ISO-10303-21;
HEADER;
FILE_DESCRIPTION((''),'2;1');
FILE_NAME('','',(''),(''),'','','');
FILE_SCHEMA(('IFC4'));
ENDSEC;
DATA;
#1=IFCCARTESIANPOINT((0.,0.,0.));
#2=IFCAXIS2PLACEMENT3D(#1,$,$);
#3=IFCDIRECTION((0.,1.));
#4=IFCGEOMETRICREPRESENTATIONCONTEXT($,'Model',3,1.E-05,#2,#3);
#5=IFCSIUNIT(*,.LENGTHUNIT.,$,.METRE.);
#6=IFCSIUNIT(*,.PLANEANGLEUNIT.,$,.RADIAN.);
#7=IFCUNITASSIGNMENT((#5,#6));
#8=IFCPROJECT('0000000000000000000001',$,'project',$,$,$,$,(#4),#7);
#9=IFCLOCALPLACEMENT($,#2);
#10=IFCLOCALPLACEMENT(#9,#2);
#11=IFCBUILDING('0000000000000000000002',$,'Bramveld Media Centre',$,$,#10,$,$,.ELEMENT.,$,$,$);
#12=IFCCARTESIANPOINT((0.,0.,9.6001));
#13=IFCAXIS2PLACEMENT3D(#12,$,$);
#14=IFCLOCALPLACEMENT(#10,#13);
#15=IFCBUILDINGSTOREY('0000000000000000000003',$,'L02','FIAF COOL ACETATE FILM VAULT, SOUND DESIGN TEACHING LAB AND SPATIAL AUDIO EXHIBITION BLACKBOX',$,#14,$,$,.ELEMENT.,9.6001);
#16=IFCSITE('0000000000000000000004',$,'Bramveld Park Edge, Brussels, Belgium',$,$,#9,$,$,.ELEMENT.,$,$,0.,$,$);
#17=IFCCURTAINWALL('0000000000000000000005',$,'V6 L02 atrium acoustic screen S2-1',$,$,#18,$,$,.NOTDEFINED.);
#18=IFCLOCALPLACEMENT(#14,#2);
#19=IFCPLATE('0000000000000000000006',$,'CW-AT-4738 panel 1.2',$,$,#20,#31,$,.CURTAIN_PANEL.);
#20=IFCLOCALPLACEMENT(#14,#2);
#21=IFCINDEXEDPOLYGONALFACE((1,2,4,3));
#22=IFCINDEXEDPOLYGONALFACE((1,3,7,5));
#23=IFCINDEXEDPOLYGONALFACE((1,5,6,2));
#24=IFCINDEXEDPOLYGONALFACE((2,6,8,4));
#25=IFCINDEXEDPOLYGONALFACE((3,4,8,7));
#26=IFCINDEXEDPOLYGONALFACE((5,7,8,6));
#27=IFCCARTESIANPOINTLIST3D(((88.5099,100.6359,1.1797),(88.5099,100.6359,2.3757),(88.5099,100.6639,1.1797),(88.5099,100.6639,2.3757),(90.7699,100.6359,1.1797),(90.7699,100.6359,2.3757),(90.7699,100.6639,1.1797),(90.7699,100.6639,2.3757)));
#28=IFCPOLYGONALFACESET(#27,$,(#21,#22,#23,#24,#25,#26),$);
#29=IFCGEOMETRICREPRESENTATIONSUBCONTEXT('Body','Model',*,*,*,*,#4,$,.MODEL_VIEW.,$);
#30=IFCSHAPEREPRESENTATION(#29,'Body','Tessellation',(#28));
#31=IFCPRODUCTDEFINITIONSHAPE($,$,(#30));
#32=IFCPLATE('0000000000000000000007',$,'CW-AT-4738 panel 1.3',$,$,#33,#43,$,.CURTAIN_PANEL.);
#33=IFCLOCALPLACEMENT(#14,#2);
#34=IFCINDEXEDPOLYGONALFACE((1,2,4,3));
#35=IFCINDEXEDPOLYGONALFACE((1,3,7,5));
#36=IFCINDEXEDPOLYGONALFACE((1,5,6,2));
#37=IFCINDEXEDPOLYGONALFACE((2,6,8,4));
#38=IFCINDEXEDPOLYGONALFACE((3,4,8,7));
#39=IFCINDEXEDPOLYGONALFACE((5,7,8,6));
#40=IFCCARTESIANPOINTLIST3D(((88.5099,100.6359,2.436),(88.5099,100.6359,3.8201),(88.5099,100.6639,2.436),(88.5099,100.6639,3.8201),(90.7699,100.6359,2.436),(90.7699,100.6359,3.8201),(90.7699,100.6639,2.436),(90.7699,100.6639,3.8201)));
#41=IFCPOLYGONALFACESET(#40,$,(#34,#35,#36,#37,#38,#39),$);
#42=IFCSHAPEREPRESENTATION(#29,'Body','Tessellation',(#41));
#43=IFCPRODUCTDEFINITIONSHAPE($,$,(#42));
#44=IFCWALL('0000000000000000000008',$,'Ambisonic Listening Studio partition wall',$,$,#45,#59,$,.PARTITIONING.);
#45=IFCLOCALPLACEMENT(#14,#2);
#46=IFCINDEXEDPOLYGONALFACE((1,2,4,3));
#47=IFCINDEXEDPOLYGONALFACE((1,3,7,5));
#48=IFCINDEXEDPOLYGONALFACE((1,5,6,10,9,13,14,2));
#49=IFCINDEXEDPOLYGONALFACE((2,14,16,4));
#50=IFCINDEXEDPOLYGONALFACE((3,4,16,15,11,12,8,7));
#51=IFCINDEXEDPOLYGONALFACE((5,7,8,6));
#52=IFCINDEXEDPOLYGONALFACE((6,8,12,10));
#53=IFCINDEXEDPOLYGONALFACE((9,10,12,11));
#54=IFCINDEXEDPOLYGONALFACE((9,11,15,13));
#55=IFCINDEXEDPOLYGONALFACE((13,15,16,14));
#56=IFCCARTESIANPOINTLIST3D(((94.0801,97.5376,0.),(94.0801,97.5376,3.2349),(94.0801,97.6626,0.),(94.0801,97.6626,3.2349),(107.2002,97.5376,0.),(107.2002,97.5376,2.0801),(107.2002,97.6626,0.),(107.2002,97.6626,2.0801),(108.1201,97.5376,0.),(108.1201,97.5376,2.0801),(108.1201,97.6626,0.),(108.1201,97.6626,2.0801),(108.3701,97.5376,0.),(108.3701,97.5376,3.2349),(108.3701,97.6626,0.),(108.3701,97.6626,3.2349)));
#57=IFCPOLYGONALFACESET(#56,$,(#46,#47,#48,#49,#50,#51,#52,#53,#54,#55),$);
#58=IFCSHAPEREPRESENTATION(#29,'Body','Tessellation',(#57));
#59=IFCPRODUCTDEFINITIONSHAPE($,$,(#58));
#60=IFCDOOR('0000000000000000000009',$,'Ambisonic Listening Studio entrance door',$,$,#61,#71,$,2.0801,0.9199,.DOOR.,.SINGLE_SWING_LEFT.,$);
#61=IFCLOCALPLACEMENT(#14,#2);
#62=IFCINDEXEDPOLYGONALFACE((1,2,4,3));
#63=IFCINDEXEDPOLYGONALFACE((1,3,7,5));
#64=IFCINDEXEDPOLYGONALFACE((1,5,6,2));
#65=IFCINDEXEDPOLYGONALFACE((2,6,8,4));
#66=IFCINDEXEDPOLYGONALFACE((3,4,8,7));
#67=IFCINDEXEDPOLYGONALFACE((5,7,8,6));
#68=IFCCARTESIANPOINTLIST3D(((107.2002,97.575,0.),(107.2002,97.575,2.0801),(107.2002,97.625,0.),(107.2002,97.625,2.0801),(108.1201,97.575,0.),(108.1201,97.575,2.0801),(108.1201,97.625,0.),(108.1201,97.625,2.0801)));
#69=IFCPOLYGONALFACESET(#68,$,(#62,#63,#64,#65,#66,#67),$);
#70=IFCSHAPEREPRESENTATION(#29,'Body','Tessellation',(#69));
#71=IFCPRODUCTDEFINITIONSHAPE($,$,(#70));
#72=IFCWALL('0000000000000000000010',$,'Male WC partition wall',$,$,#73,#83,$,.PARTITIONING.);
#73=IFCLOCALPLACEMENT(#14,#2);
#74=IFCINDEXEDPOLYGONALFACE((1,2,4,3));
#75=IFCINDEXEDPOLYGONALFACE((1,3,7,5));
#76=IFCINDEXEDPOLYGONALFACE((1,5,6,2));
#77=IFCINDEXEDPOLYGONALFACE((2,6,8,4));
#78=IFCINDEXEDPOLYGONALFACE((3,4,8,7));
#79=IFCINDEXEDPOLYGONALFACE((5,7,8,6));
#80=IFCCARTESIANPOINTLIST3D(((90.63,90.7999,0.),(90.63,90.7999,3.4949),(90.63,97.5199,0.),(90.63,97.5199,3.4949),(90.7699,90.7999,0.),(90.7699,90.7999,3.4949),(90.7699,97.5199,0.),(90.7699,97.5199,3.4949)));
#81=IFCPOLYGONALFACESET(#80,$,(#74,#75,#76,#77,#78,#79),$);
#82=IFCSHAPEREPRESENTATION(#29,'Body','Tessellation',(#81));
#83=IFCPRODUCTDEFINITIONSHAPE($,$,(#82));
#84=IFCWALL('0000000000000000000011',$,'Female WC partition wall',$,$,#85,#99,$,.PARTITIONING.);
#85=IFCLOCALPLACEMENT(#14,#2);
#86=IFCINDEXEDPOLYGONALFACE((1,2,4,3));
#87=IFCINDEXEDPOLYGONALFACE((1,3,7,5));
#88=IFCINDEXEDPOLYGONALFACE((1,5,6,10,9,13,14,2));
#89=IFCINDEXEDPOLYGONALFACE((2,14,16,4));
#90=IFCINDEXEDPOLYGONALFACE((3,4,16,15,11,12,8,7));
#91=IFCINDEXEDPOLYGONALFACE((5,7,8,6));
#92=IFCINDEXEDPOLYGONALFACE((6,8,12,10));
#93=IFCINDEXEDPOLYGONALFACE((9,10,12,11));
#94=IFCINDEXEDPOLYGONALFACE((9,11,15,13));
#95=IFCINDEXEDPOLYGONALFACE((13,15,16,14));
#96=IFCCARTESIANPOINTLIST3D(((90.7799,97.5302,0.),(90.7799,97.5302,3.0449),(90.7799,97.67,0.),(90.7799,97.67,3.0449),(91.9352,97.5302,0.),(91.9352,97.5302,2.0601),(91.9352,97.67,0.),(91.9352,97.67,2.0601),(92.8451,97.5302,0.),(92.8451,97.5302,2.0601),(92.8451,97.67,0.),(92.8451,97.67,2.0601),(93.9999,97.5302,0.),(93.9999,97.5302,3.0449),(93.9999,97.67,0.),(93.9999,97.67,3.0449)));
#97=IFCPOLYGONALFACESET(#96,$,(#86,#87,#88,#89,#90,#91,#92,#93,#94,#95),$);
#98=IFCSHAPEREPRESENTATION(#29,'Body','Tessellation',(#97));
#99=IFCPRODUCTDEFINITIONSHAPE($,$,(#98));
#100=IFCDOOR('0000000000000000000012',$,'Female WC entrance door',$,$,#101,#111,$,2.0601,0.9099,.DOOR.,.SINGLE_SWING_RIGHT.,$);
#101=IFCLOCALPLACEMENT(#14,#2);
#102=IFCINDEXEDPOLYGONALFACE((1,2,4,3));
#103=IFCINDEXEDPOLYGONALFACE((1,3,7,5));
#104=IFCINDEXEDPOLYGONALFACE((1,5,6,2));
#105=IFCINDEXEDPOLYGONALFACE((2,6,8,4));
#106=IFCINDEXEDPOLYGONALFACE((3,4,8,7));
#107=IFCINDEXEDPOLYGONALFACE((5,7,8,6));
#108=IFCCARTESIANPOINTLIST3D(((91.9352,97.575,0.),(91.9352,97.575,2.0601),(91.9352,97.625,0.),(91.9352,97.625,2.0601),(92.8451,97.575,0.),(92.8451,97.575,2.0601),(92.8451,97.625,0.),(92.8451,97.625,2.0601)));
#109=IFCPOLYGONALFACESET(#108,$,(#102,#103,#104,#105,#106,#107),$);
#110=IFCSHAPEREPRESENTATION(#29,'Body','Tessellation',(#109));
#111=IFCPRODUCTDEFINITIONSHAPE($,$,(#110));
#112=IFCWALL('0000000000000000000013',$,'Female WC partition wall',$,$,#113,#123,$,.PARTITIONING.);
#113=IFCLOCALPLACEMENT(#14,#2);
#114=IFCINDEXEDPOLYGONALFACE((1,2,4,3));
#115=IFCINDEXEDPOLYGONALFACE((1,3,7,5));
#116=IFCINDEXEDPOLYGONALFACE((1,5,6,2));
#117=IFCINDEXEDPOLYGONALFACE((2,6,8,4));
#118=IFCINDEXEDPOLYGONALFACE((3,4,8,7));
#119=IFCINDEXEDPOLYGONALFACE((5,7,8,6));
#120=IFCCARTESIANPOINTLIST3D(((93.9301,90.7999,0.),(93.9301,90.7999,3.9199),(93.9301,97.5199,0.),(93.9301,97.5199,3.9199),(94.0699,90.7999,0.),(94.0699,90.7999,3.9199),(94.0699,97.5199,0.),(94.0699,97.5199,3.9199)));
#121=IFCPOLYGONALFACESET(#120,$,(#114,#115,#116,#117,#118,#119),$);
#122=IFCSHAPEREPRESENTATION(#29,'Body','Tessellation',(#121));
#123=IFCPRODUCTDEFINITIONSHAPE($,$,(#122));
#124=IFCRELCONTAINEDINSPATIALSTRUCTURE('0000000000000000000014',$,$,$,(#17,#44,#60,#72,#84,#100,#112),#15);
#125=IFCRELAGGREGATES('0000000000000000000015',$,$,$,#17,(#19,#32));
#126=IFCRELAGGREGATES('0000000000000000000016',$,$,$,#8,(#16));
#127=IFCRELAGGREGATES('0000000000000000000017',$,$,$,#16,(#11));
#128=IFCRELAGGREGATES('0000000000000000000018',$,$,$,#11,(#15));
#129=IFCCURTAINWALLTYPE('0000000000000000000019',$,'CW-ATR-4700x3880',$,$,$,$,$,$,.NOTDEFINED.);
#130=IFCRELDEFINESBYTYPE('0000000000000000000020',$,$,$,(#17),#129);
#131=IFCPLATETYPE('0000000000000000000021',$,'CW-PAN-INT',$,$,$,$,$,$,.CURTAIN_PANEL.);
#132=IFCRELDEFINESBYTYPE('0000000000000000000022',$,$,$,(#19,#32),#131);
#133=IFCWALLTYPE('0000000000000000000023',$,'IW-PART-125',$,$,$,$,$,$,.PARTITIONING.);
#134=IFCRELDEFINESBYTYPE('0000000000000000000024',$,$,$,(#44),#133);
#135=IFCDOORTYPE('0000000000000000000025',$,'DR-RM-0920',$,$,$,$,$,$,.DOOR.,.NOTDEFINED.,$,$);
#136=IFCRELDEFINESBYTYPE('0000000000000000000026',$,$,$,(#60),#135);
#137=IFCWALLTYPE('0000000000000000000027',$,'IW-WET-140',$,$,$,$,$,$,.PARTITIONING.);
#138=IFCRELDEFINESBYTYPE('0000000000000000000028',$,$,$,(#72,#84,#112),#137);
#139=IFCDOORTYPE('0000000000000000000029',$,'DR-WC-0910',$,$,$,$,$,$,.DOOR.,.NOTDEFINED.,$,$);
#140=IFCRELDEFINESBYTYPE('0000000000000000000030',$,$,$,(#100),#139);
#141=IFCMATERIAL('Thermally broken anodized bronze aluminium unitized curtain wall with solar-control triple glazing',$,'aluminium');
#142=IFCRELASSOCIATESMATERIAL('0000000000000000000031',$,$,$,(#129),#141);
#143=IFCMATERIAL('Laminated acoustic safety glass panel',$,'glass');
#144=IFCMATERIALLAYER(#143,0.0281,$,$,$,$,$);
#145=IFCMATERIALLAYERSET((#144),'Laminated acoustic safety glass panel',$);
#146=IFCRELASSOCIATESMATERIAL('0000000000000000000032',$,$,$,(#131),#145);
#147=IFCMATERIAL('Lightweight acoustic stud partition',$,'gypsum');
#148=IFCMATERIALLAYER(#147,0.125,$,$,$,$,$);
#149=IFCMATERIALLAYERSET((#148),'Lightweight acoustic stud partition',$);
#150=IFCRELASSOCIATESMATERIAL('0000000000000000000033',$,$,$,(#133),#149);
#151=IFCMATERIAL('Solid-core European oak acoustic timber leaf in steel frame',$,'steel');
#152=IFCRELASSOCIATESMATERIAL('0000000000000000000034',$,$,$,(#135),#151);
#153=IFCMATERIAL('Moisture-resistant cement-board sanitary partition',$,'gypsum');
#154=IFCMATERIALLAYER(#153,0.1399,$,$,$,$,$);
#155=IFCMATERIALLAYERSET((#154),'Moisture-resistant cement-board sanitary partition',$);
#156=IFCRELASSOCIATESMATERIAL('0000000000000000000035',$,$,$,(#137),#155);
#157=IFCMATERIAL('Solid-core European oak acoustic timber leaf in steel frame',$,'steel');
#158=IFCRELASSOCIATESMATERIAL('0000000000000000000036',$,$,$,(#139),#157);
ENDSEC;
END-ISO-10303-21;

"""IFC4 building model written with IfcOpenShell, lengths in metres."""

from ifc_helpers import new_model, si_unit, direction, frame, frame_2d, origin, origin_2d, place, context, subcontext, project, spatial, rectangle, extrude, material, layer, layer_set, type_object, element, fill, aggregate, save


model = new_model("IFC4")

# Units and contexts
model_context = context("Model", 3, precision=1e-05, world=origin(), true_north=direction((0.0, 1.0)))
body_context = subcontext(model_context, "Body", "Model", "MODEL_VIEW")
ifc_project = project(units=[si_unit("LENGTHUNIT", "METRE"), si_unit("PLANEANGLEUNIT", "RADIAN")], contexts=[model_context])

# Site, building, storey
site_placement = place(None, origin())
site = spatial("IfcSite", under=ifc_project, at=site_placement, Name="Bramveld Park Edge, Brussels, Belgium", CompositionType="ELEMENT", RefElevation=0.0)
building_placement = place(site_placement, origin())
building = spatial("IfcBuilding", under=site, at=building_placement, Name="Bramveld Media Centre", CompositionType="ELEMENT")
storey_placement = place(building_placement, frame((0.0, 0.0, 9.6001)))
storey = spatial("IfcBuildingStorey", under=building, at=storey_placement, Name="L02", Description="FIAF COOL ACETATE FILM VAULT, SOUND DESIGN TEACHING LAB AND SPATIAL AUDIO EXHIBITION BLACKBOX", CompositionType="ELEMENT", Elevation=9.6001)

# Curtain wall
ifc_material_1 = material(Name="Thermally broken anodized bronze aluminium unitized curtain wall with solar-control triple glazing", Category="aluminium")
curtain_wall_type_1 = type_object("IfcCurtainWallType", Name="CW-ATR-4700x3880", PredefinedType="NOTDEFINED", material=ifc_material_1)
curtain_wall_1_placement = place(storey_placement, origin())
curtain_wall_1 = element("IfcCurtainWall", 1, at=curtain_wall_1_placement, inside=storey, type_object=curtain_wall_type_1, Name="V6 L02 atrium acoustic screen S2-1", PredefinedType="NOTDEFINED")

# Plates
ifc_material_2 = material(Name="Laminated acoustic safety glass panel", Category="glass")
ifc_layer_1 = layer(ifc_material_2, 0.0281)
ifc_layer_set_1 = layer_set([ifc_layer_1], Name="Laminated acoustic safety glass panel")
plate_type_1 = type_object("IfcPlateType", Name="CW-PAN-INT", PredefinedType="CURTAIN_PANEL", material=ifc_layer_set_1)
plate_1_placement = place(storey_placement, frame((89.6399, 100.6499, 1.1797), z_axis=(0.0, 0.0, 1.0), x_axis=(1.0, 0.0, 0.0)))
plate_1 = element("IfcPlate", 2, at=plate_1_placement, type_object=plate_type_1, Name="CW-AT-4738 panel 1.2", PredefinedType="CURTAIN_PANEL", context=body_context, shape_type="SweptSolid", body=[
    extrude(rectangle(XDim=2.26, YDim=0.0281, at=origin_2d()), origin(), (0.0, 0.0, 1.0), 1.196),
])
plate_2_placement = place(storey_placement, frame((89.6399, 100.6499, 2.436), z_axis=(0.0, 0.0, 1.0), x_axis=(1.0, 0.0, 0.0)))
plate_2 = element("IfcPlate", 3, at=plate_2_placement, type_object=plate_type_1, Name="CW-AT-4738 panel 1.3", PredefinedType="CURTAIN_PANEL", context=body_context, shape_type="SweptSolid", body=[
    extrude(rectangle(XDim=2.26, YDim=0.0281, at=origin_2d()), origin(), (0.0, 0.0, 1.0), 1.384),
])
aggregate(curtain_wall_1, [plate_1, plate_2])

# Wall, opening, door
ifc_material_3 = material(Name="Lightweight acoustic stud partition", Category="gypsum")
ifc_layer_2 = layer(ifc_material_3, 0.125)
ifc_layer_set_2 = layer_set([ifc_layer_2], Name="Lightweight acoustic stud partition")
wall_type_1 = type_object("IfcWallType", Name="IW-PART-125", PredefinedType="PARTITIONING", material=ifc_layer_set_2)
wall_1_placement = place(storey_placement, frame((94.0801, 97.6001, 0.0), z_axis=(0.0, 0.0, 1.0), x_axis=(1.0, 0.0, 0.0)))
wall_1 = element("IfcWall", 4, at=wall_1_placement, inside=storey, type_object=wall_type_1, Name="Ambisonic Listening Studio partition wall", PredefinedType="PARTITIONING", context=body_context, shape_type="SweptSolid", body=[
    extrude(rectangle(XDim=14.29, YDim=0.125, at=frame_2d((7.145, 0.0))), origin(), (0.0, 0.0, 1.0), 3.2349),
])
opening_1_placement = place(wall_1_placement, frame((13.1201, 0.0, 0.0)))
opening_1 = element("IfcOpeningElement", 5, at=opening_1_placement, cuts=wall_1, PredefinedType="OPENING", context=body_context, shape_type="SweptSolid", body=[
    extrude(rectangle(XDim=0.9199, YDim=2.0801, at=frame_2d((0.46, 1.04))), frame((0.0, 0.0745, 0.0), z_axis=(0.0, -1.0, 0.0), x_axis=(1.0, 0.0, 0.0)), (0.0, 0.0, 1.0), 0.1489),
])
ifc_material_4 = material(Name="Solid-core European oak acoustic timber leaf in steel frame", Category="steel")
door_type_1 = type_object("IfcDoorType", Name="DR-RM-0920", OperationType="NOTDEFINED", PredefinedType="DOOR", material=ifc_material_4)
door_1_placement = place(opening_1_placement, origin())
door_1 = element("IfcDoor", 6, at=door_1_placement, inside=storey, type_object=door_type_1, Name="Ambisonic Listening Studio entrance door", OperationType="SINGLE_SWING_LEFT", OverallHeight=2.0801, OverallWidth=0.9199, PredefinedType="DOOR", context=body_context, shape_type="SweptSolid", body=[
    extrude(rectangle(XDim=0.9199, YDim=2.0801, at=frame_2d((0.46, 1.04))), frame((0.0, 0.0249, 0.0), z_axis=(0.0, -1.0, 0.0), x_axis=(1.0, 0.0, 0.0)), (0.0, 0.0, 1.0), 0.05),
])
fill(opening_1, door_1)

# Wall
ifc_material_5 = material(Name="Moisture-resistant cement-board sanitary partition", Category="gypsum")
ifc_layer_3 = layer(ifc_material_5, 0.1399)
ifc_layer_set_3 = layer_set([ifc_layer_3], Name="Moisture-resistant cement-board sanitary partition")
wall_type_2 = type_object("IfcWallType", Name="IW-WET-140", PredefinedType="PARTITIONING", material=ifc_layer_set_3)
wall_2_placement = place(storey_placement, frame((90.7, 90.8, 0.0), z_axis=(0.0, 0.0, 1.0), x_axis=(0.0, 1.0, 0.0)))
element("IfcWall", 7, at=wall_2_placement, inside=storey, type_object=wall_type_2, Name="Male WC partition wall", PredefinedType="PARTITIONING", context=body_context, shape_type="SweptSolid", body=[
    extrude(rectangle(XDim=6.72, YDim=0.1399, at=frame_2d((3.3599, 0.0))), origin(), (0.0, 0.0, 1.0), 3.4949),
])

# Wall, opening, door
wall_3_placement = place(storey_placement, frame((90.78, 97.6001, 0.0), z_axis=(0.0, 0.0, 1.0), x_axis=(1.0, 0.0, 0.0)))
wall_3 = element("IfcWall", 8, at=wall_3_placement, inside=storey, type_object=wall_type_2, Name="Female WC partition wall", PredefinedType="PARTITIONING", context=body_context, shape_type="SweptSolid", body=[
    extrude(rectangle(XDim=3.22, YDim=0.1399, at=frame_2d((1.6099, 0.0))), origin(), (0.0, 0.0, 1.0), 3.0449),
])
opening_2_placement = place(wall_3_placement, frame((1.155, 0.0, 0.0)))
opening_2 = element("IfcOpeningElement", 9, at=opening_2_placement, cuts=wall_3, PredefinedType="OPENING", context=body_context, shape_type="SweptSolid", body=[
    extrude(rectangle(XDim=0.9099, YDim=2.0601, at=frame_2d((0.4551, 1.03))), frame((0.0, 0.082, 0.0), z_axis=(0.0, -1.0, 0.0), x_axis=(1.0, 0.0, 0.0)), (0.0, 0.0, 1.0), 0.1638),
])
ifc_material_6 = material(Name="Solid-core European oak acoustic timber leaf in steel frame", Category="steel")
door_type_2 = type_object("IfcDoorType", Name="DR-WC-0910", OperationType="NOTDEFINED", PredefinedType="DOOR", material=ifc_material_6)
door_2_placement = place(opening_2_placement, origin())
door_2 = element("IfcDoor", 10, at=door_2_placement, inside=storey, type_object=door_type_2, Name="Female WC entrance door", OperationType="SINGLE_SWING_RIGHT", OverallHeight=2.0601, OverallWidth=0.9099, PredefinedType="DOOR", context=body_context, shape_type="SweptSolid", body=[
    extrude(rectangle(XDim=0.9099, YDim=2.0601, at=frame_2d((0.4551, 1.03))), frame((0.0, 0.0249, 0.0), z_axis=(0.0, -1.0, 0.0), x_axis=(1.0, 0.0, 0.0)), (0.0, 0.0, 1.0), 0.05),
])
fill(opening_2, door_2)

# Wall
wall_4_placement = place(storey_placement, frame((94.0, 90.8, 0.0), z_axis=(0.0, 0.0, 1.0), x_axis=(0.0, 1.0, 0.0)))
element("IfcWall", 11, at=wall_4_placement, inside=storey, type_object=wall_type_2, Name="Female WC partition wall", PredefinedType="PARTITIONING", context=body_context, shape_type="SweptSolid", body=[
    extrude(rectangle(XDim=6.72, YDim=0.1399, at=frame_2d((3.3599, 0.0))), origin(), (0.0, 0.0, 1.0), 3.9199),
])

save(model, "model.ifc")
